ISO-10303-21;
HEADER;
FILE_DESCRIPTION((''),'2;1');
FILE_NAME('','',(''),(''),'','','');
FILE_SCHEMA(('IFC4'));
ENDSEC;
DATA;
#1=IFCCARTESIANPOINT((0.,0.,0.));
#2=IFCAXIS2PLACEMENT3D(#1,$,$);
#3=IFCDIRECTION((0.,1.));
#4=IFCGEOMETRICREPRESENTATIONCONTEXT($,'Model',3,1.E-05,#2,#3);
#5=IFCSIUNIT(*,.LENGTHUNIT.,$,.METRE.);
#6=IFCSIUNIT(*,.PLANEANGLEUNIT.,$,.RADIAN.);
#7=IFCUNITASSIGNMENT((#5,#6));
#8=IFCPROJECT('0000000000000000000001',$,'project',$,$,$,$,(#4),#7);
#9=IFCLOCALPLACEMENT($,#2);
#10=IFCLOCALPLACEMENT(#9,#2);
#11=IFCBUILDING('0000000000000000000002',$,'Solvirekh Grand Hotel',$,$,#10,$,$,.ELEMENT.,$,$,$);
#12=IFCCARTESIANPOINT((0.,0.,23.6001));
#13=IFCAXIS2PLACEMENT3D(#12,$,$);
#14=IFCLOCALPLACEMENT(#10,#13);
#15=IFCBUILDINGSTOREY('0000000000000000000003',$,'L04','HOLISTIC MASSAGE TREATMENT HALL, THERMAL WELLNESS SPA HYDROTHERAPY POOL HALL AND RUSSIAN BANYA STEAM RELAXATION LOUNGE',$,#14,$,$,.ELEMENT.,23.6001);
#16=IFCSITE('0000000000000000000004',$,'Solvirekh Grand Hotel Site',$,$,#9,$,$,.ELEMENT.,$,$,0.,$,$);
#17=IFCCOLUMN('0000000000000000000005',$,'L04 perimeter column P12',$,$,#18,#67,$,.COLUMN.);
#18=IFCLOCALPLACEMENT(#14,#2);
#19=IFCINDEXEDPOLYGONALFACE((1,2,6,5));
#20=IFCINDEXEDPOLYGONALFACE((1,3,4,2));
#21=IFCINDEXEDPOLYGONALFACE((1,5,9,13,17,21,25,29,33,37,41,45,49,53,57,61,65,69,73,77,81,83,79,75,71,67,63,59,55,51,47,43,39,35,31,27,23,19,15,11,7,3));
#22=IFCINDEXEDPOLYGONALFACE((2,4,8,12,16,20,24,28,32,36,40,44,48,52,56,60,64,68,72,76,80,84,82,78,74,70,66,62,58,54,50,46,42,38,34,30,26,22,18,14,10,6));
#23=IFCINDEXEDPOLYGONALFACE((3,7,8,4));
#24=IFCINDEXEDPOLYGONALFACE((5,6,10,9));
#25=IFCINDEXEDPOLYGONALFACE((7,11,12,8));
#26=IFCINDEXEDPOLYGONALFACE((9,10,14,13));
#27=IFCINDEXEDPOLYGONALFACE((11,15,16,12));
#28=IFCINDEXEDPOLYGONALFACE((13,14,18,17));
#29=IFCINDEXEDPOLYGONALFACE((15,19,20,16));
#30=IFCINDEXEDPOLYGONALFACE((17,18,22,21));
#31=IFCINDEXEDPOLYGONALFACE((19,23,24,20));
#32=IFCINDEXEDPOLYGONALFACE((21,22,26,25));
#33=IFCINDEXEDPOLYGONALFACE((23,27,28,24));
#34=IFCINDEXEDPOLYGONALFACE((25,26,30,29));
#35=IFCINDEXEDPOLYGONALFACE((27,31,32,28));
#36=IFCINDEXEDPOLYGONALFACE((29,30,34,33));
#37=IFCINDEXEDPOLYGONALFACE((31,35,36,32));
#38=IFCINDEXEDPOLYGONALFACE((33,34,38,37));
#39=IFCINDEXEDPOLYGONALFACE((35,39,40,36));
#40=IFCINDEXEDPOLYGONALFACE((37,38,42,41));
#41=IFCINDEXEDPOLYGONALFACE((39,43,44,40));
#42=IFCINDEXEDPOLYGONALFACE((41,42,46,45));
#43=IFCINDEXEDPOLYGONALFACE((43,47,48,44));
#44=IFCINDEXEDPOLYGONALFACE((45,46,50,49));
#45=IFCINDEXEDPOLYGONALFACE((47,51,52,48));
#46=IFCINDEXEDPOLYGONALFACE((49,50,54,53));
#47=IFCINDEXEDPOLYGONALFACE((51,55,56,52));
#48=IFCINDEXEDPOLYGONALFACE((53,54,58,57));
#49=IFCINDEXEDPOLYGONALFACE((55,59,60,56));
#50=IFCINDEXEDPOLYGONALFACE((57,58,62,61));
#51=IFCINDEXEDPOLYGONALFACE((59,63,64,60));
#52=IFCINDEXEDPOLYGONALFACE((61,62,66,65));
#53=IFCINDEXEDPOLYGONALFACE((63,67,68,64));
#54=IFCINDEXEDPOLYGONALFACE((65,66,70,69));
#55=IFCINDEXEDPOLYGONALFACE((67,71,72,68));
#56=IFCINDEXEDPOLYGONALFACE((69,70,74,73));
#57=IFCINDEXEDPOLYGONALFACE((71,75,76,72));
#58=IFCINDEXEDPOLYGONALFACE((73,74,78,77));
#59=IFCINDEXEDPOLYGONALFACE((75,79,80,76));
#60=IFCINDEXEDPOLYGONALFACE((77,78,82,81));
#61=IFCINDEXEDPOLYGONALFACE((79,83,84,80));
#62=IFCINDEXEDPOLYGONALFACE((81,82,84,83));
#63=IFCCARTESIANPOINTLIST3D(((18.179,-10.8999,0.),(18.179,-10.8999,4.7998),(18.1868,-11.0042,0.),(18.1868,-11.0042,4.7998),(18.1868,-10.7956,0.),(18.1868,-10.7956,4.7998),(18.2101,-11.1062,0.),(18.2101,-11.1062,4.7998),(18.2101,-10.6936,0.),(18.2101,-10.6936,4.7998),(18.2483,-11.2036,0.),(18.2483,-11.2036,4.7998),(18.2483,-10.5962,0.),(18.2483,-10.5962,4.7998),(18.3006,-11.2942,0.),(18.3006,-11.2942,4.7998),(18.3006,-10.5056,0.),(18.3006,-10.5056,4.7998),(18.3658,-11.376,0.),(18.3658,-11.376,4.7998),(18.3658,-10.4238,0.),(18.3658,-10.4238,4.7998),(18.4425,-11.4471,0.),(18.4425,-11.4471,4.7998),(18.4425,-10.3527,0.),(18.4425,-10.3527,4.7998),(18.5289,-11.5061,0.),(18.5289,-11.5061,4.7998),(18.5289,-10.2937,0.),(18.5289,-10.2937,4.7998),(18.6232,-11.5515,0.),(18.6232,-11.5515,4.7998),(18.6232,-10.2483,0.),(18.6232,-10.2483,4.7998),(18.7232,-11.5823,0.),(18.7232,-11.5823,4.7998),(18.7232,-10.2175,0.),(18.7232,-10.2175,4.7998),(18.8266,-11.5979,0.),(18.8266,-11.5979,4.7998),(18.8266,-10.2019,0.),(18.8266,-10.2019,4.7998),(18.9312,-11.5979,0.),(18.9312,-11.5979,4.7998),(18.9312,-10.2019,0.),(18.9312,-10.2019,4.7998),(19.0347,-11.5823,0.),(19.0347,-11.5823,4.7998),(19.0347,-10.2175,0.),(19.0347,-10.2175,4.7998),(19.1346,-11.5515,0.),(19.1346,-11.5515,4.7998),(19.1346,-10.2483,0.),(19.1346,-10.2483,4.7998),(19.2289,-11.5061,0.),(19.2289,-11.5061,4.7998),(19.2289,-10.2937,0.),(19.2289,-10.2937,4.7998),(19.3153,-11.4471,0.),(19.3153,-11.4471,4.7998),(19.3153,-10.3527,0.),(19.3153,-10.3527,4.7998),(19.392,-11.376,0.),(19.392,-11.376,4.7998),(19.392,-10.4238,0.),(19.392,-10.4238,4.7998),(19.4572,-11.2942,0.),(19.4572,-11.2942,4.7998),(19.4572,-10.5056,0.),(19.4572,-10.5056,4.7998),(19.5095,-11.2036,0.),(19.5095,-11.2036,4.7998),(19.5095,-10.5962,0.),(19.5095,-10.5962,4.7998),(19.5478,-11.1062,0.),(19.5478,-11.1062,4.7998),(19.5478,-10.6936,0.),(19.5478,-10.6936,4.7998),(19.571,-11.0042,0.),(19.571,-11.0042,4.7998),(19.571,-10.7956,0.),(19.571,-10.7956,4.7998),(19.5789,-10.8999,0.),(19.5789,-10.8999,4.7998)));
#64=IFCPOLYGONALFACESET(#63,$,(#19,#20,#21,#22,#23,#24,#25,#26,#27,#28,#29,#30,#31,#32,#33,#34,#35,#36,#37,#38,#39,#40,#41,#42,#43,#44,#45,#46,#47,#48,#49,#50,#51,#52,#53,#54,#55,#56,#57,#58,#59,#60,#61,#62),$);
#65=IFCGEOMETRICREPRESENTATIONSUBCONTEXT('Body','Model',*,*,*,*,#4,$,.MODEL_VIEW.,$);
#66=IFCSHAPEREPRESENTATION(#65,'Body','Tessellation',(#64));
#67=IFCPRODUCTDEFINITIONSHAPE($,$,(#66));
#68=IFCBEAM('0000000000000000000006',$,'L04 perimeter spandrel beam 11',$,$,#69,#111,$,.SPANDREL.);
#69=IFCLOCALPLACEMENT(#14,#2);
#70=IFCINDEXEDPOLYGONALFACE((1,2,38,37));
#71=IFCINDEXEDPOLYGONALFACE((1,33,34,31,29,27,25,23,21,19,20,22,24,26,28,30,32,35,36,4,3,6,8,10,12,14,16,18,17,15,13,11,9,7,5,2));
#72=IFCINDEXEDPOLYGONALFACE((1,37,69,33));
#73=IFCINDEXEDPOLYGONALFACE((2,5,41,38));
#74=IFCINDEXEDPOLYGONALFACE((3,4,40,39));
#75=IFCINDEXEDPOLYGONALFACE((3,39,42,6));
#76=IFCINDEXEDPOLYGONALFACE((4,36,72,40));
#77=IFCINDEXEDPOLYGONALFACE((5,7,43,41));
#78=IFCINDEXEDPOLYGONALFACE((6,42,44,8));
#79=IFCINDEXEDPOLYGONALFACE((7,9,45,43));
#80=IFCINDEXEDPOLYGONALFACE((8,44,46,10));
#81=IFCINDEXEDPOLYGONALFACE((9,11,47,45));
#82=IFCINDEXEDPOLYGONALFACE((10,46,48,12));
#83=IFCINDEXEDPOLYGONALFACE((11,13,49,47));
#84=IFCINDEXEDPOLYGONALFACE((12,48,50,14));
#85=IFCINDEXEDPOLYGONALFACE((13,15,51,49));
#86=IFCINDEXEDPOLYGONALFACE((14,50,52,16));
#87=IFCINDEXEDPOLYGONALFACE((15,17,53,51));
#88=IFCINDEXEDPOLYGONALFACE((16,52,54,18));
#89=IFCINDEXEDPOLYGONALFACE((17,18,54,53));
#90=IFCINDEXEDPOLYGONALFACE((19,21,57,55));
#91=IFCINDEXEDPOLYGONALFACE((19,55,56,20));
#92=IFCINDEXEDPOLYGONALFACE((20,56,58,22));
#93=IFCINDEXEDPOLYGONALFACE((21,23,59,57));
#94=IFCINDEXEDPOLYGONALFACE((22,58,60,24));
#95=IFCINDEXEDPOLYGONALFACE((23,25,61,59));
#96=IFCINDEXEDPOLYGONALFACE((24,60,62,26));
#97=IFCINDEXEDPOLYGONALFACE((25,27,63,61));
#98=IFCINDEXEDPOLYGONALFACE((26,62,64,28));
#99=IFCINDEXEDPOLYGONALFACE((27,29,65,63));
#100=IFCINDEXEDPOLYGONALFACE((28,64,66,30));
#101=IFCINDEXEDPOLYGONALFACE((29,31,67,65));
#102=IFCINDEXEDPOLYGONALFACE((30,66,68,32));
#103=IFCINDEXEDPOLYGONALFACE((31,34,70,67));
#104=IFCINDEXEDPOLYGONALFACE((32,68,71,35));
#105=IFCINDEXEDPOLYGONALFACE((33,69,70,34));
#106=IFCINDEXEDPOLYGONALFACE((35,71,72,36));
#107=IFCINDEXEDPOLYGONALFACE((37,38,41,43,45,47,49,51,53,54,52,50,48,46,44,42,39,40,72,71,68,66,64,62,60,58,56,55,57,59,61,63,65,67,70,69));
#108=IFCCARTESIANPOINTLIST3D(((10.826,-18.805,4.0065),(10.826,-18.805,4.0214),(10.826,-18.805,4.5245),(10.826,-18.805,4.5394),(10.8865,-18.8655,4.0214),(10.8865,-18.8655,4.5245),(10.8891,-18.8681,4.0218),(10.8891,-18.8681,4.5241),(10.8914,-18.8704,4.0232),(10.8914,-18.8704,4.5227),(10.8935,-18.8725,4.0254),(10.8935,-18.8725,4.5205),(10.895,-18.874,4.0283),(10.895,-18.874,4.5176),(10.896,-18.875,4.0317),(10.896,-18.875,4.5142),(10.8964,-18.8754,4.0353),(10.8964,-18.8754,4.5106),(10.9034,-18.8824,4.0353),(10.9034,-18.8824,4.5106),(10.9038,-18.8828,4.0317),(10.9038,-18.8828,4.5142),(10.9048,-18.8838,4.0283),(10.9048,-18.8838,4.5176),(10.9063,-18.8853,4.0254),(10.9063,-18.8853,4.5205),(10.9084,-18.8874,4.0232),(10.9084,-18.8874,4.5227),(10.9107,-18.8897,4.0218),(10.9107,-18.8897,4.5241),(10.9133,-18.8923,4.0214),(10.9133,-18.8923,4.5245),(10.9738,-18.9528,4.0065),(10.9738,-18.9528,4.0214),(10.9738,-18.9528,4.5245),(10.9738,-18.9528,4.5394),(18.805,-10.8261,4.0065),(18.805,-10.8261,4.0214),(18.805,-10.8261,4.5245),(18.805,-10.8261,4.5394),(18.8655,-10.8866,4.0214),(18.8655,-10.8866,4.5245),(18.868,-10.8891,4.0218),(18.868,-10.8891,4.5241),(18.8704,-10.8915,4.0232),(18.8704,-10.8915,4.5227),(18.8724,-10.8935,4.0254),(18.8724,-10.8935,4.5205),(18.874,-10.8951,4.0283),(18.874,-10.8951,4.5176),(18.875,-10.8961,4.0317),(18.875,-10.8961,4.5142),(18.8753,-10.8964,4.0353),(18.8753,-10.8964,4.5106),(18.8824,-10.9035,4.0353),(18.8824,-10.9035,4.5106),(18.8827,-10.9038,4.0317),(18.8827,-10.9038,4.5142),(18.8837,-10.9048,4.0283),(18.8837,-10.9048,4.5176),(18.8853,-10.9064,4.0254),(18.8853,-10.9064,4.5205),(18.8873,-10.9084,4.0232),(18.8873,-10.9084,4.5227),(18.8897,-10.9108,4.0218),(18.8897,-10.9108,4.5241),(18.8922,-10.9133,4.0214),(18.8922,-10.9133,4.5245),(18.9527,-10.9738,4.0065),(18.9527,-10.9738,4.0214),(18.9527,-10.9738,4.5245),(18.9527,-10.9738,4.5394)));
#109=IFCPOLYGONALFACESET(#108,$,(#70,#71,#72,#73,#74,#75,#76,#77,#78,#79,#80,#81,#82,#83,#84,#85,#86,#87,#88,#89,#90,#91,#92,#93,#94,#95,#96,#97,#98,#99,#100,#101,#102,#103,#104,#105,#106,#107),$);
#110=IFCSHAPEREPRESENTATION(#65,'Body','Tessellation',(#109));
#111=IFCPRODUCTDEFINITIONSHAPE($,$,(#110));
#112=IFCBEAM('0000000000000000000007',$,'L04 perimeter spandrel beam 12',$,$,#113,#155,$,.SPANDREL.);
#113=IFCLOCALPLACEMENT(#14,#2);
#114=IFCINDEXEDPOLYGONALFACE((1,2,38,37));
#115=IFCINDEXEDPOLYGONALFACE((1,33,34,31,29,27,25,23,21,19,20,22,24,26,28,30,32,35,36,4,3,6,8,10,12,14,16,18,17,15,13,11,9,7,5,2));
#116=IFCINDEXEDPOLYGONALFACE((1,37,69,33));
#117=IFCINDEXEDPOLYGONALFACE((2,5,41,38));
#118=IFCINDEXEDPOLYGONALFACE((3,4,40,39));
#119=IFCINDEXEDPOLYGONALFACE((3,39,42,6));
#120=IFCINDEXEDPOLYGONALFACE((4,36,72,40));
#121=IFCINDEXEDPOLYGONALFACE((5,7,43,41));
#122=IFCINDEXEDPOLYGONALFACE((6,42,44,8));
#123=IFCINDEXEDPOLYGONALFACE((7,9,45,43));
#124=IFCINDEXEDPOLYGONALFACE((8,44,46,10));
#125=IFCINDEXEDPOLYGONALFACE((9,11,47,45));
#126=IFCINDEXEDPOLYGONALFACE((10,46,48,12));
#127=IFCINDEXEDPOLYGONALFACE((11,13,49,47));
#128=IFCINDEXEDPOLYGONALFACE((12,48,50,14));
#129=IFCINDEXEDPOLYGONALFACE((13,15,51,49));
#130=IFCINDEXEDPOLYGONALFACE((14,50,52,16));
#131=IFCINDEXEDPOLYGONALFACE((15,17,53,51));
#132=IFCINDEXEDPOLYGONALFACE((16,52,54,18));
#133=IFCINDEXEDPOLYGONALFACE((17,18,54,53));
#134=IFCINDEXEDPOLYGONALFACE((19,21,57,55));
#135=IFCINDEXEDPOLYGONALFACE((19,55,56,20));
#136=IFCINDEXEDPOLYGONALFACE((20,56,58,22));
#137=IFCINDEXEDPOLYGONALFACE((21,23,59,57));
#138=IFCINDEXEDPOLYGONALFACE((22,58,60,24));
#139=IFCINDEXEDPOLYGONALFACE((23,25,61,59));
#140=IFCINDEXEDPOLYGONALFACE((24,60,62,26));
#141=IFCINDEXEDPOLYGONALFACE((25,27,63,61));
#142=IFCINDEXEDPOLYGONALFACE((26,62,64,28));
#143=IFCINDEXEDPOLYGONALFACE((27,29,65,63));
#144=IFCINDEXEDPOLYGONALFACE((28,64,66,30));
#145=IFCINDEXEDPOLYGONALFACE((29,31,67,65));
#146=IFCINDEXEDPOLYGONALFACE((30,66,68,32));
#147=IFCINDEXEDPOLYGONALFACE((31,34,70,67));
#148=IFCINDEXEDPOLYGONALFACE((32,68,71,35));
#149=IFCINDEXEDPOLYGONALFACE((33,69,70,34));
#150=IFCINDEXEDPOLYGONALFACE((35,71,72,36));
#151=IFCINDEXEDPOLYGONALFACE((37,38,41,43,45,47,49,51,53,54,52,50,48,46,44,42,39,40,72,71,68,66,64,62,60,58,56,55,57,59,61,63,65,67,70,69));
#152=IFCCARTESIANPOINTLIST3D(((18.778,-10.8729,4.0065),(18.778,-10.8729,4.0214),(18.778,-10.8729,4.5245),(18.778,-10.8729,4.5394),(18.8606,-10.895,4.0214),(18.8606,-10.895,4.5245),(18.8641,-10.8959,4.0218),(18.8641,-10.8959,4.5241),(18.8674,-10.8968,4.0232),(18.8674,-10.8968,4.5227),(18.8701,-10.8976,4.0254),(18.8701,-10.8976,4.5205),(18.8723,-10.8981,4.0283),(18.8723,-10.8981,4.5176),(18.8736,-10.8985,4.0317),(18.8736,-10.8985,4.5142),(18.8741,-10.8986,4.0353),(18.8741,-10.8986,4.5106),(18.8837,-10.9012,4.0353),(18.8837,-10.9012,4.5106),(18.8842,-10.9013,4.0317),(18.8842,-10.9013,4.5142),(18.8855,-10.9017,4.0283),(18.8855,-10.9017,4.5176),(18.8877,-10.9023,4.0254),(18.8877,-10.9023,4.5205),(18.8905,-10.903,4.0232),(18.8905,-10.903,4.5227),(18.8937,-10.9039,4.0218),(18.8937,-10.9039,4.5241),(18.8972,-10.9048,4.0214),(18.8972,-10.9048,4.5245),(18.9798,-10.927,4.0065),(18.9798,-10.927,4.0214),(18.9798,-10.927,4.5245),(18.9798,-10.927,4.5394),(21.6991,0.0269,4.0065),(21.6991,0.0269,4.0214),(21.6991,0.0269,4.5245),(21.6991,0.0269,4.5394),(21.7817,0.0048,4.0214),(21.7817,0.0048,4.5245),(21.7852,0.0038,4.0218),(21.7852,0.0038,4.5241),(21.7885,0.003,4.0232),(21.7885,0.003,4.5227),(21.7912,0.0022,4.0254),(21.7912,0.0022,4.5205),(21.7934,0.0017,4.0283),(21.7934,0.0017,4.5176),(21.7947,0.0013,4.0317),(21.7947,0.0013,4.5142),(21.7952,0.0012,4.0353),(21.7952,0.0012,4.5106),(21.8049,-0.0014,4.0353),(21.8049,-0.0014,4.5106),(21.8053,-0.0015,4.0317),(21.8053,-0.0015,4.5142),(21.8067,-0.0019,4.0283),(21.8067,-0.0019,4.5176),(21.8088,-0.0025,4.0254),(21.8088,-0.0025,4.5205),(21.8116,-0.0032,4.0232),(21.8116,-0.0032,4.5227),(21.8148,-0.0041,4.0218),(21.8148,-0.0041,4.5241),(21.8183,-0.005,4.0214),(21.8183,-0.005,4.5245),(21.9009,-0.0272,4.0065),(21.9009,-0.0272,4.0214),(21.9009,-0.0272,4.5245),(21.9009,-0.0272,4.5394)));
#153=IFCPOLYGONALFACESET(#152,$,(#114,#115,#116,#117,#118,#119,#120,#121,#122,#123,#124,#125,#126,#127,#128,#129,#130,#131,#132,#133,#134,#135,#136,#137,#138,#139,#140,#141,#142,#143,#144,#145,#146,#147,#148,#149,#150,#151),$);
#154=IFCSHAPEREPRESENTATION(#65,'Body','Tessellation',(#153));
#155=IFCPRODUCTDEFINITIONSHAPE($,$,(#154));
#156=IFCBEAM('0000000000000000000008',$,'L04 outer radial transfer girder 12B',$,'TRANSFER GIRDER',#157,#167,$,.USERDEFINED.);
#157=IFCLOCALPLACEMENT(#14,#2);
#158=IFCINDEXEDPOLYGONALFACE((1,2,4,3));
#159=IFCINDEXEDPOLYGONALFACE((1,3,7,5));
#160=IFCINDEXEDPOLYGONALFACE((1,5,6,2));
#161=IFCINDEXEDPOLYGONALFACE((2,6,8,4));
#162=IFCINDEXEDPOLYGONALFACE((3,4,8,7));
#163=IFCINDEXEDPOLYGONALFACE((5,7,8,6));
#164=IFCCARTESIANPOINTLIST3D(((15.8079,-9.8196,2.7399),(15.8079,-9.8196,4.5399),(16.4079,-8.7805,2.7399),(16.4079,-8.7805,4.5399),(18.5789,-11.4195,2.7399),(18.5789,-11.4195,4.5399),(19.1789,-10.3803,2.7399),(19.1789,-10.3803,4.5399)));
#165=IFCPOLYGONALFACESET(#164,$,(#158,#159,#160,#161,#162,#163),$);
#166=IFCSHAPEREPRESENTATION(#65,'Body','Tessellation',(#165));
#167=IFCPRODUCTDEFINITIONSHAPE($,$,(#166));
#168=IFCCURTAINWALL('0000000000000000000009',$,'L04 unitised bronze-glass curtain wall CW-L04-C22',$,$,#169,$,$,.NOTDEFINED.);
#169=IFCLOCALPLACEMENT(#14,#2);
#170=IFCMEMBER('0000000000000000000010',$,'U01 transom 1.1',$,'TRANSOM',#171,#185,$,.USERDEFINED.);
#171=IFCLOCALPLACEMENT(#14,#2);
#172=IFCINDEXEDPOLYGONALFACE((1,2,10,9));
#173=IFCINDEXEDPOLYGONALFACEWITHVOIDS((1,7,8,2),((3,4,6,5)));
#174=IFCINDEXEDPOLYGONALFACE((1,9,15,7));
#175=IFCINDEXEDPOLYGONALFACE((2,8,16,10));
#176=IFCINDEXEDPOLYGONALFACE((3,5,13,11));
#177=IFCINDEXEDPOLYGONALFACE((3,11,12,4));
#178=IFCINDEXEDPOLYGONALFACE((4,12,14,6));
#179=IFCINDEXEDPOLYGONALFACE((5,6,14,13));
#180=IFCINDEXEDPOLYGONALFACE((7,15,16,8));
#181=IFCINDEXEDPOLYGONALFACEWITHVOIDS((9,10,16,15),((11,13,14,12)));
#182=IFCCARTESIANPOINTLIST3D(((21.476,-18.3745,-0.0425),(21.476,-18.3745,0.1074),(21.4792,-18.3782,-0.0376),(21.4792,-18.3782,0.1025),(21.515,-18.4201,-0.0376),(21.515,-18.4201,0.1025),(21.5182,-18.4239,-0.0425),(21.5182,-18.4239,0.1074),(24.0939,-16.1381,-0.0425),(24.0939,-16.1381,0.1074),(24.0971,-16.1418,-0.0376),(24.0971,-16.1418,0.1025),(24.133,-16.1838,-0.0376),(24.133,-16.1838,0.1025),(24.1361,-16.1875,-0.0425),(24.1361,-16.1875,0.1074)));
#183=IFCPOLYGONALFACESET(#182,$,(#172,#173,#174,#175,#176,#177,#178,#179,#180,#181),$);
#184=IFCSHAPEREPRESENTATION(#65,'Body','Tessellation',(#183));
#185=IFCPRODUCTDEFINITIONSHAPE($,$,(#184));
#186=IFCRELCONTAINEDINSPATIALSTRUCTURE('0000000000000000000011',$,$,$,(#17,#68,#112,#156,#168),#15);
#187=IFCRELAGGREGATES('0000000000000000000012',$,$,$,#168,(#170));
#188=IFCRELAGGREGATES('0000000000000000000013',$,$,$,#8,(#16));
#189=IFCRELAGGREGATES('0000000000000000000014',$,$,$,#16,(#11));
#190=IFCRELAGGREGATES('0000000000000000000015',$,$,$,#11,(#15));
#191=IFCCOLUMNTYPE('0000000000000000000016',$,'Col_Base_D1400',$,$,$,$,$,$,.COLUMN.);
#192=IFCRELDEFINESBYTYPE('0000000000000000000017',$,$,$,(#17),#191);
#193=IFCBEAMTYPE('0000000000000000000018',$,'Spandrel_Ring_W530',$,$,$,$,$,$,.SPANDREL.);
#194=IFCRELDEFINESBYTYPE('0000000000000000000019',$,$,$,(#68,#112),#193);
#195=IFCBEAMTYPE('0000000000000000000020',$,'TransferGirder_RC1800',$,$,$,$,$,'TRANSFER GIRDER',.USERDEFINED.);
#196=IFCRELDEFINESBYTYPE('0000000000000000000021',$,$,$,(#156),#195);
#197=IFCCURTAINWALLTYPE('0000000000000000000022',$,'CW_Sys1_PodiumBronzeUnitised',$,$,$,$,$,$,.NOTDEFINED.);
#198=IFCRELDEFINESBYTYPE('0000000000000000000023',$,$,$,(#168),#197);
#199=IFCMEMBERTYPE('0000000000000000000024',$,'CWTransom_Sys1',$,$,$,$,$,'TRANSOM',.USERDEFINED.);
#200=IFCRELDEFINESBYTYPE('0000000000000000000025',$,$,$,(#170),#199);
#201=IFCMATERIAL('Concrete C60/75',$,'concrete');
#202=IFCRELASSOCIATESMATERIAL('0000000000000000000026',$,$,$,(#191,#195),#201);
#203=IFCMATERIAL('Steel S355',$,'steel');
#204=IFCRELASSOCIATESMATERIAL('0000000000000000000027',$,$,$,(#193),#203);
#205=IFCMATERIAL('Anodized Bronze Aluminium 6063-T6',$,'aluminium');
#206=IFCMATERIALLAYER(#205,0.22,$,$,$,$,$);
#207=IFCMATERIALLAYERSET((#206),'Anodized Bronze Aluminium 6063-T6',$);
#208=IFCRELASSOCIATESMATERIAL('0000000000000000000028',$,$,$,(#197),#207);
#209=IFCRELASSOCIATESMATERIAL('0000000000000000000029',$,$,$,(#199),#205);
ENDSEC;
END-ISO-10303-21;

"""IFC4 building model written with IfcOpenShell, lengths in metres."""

from ifc_helpers import new_model, si_unit, direction, frame, origin, origin_2d, place, context, subcontext, project, spatial, rectangle, hollow_rectangle, circle, i_section, extrude, source, transform, mapped, material, layer, layer_set, material_profile, profile_set, type_object, element, aggregate, save


model = new_model("IFC4")

# Units and contexts
model_context = context("Model", 3, precision=1e-05, world=origin(), true_north=direction((0.0, 1.0)))
body_context = subcontext(model_context, "Body", "Model", "MODEL_VIEW")
ifc_project = project(units=[si_unit("LENGTHUNIT", "METRE"), si_unit("PLANEANGLEUNIT", "RADIAN")], contexts=[model_context])

# Site, building, storey
site_placement = place(None, origin())
site = spatial("IfcSite", under=ifc_project, at=site_placement, Name="Solvirekh Grand Hotel Site", CompositionType="ELEMENT", RefElevation=0.0)
building_placement = place(site_placement, origin())
building = spatial("IfcBuilding", under=site, at=building_placement, Name="Solvirekh Grand Hotel", CompositionType="ELEMENT")
storey_placement = place(building_placement, frame((0.0, 0.0, 23.6001)))
storey = spatial("IfcBuildingStorey", under=building, at=storey_placement, Name="L04", Description="HOLISTIC MASSAGE TREATMENT HALL, THERMAL WELLNESS SPA HYDROTHERAPY POOL HALL AND RUSSIAN BANYA STEAM RELAXATION LOUNGE", CompositionType="ELEMENT", Elevation=23.6001)

# Column
ifc_material_1 = material(Name="Concrete C60/75", Category="concrete")
ifc_material_profile_1 = material_profile(ifc_material_1, circle(Radius=0.7, at=origin_2d()), Name="RC CIRC D1400")
ifc_profile_set_1 = profile_set([ifc_material_profile_1], Name="Concrete C60/75")
column_type = type_object("IfcColumnType", Name="Col_Base_D1400", PredefinedType="COLUMN", material=ifc_profile_set_1)
column_placement = place(storey_placement, frame((18.8789, -10.8999, 0.0), z_axis=(0.0, 0.0, 1.0), x_axis=(1.0, 0.0, 0.0)))
element("IfcColumn", 1, at=column_placement, inside=storey, type_object=column_type, Name="L04 perimeter column P12", PredefinedType="COLUMN", context=body_context, shape_type="SweptSolid", body=[
    extrude(circle(Radius=0.7, at=origin_2d()), origin(), (0.0, 0.0, 1.0), 4.7998),
])

# Beams
ifc_material_2 = material(Name="Steel S355", Category="steel")
ifc_material_profile_2 = material_profile(ifc_material_2, i_section(OverallWidth=0.209, OverallDepth=0.533, WebThickness=0.01, FlangeThickness=0.0149, FilletRadius=0.0139, at=origin_2d()), Name="W530X92")
ifc_profile_set_2 = profile_set([ifc_material_profile_2], Name="Steel S355")
beam_type_1 = type_object("IfcBeamType", Name="Spandrel_Ring_W530", PredefinedType="SPANDREL", material=ifc_profile_set_2)
beam_1_placement = place(storey_placement, frame((10.8999, -18.8789, 4.2729), z_axis=(0.707107, 0.707107, 0.0), x_axis=(-0.707107, 0.707107, 0.0)))
element("IfcBeam", 2, at=beam_1_placement, inside=storey, type_object=beam_type_1, Name="L04 perimeter spandrel beam 11", PredefinedType="SPANDREL", context=body_context, shape_type="SweptSolid", body=[
    extrude(i_section(OverallWidth=0.209, OverallDepth=0.533, WebThickness=0.01, FlangeThickness=0.0149, FilletRadius=0.0139, at=origin_2d()), origin(), (0.0, 0.0, 1.0), 11.2839),
])
beam_2_placement = place(storey_placement, frame((18.8789, -10.8999, 4.2729), z_axis=(0.258862, 0.965914, 0.0), x_axis=(-0.965914, 0.258862, 0.0)))
element("IfcBeam", 3, at=beam_2_placement, inside=storey, type_object=beam_type_1, Name="L04 perimeter spandrel beam 12", PredefinedType="SPANDREL", context=body_context, shape_type="SweptSolid", body=[
    extrude(i_section(OverallWidth=0.209, OverallDepth=0.533, WebThickness=0.01, FlangeThickness=0.0149, FilletRadius=0.0139, at=origin_2d()), origin(), (0.0, 0.0, 1.0), 11.2844),
])
ifc_material_profile_3 = material_profile(ifc_material_1, rectangle(XDim=1.2, YDim=1.8, at=origin_2d()), Name="RC GIRDER 1200X1800")
ifc_profile_set_3 = profile_set([ifc_material_profile_3], Name="Concrete C60/75")
beam_type_2 = type_object("IfcBeamType", Name="TransferGirder_RC1800", ElementType="TRANSFER GIRDER", PredefinedType="USERDEFINED", material=ifc_profile_set_3)
beam_3_placement = place(storey_placement, frame((16.1079, -9.3, 3.6399), z_axis=(0.866023, -0.500004, 0.0), x_axis=(0.500004, 0.866023, 0.0)))
element("IfcBeam", 4, at=beam_3_placement, inside=storey, type_object=beam_type_2, Name="L04 outer radial transfer girder 12B", ObjectType="TRANSFER GIRDER", PredefinedType="USERDEFINED", context=body_context, shape_type="SweptSolid", body=[
    extrude(rectangle(XDim=1.2, YDim=1.8, at=origin_2d()), origin(), (0.0, 0.0, 1.0), 3.1997),
])

# Curtain wall, member
ifc_material_3 = material(Name="Anodized Bronze Aluminium 6063-T6", Category="aluminium")
ifc_layer_1 = layer(ifc_material_3, 0.22)
ifc_layer_set_1 = layer_set([ifc_layer_1], Name="Anodized Bronze Aluminium 6063-T6")
curtain_wall_type = type_object("IfcCurtainWallType", Name="CW_Sys1_PodiumBronzeUnitised", PredefinedType="NOTDEFINED", material=ifc_layer_set_1)
curtain_wall_1_placement = place(storey_placement, origin())
curtain_wall_1 = element("IfcCurtainWall", 5, at=curtain_wall_1_placement, inside=storey, type_object=curtain_wall_type, Name="L04 unitised bronze-glass curtain wall CW-L04-C22", PredefinedType="NOTDEFINED")
ifc_material_profile_4 = material_profile(ifc_material_3, hollow_rectangle(XDim=0.0649, YDim=0.1499, WallThickness=0.0049, at=origin_2d()), Name="ALU RHS 150X65X5")
ifc_profile_set_4 = profile_set([ifc_material_profile_4], Name="Anodized Bronze Aluminium 6063-T6")
member_type_1 = type_object("IfcMemberType", Name="CWTransom_Sys1", ElementType="TRANSOM", PredefinedType="USERDEFINED", material=ifc_profile_set_4)
shared_shape_1 = source(origin(), body_context, "Body", "SweptSolid", [
    extrude(hollow_rectangle(XDim=0.0649, YDim=0.1499, WallThickness=0.0049, at=origin_2d()), origin(), (0.0, 0.0, 1.0), 3.4431),
])
member_1_placement = place(storey_placement, frame((21.4971, -18.3992, 0.0325), z_axis=(0.760347, 0.649517, 0.0), x_axis=(-0.649517, 0.760347, 0.0)))
member_1 = element("IfcMember", 6, at=member_1_placement, type_object=member_type_1, Name="U01 transom 1.1", ObjectType="TRANSOM", PredefinedType="USERDEFINED", context=body_context, shape_type="MappedRepresentation", body=[
    mapped(shared_shape_1, transform((0.0, 0.0, 0.0), x_axis=(1.0, 0.0, 0.0), y_axis=(0.0, 1.0, 0.0), z_axis=(0.0, 0.0, 1.0), scale=1.0)),
])

aggregate(curtain_wall_1, [member_1])

save(model, "model.ifc")
